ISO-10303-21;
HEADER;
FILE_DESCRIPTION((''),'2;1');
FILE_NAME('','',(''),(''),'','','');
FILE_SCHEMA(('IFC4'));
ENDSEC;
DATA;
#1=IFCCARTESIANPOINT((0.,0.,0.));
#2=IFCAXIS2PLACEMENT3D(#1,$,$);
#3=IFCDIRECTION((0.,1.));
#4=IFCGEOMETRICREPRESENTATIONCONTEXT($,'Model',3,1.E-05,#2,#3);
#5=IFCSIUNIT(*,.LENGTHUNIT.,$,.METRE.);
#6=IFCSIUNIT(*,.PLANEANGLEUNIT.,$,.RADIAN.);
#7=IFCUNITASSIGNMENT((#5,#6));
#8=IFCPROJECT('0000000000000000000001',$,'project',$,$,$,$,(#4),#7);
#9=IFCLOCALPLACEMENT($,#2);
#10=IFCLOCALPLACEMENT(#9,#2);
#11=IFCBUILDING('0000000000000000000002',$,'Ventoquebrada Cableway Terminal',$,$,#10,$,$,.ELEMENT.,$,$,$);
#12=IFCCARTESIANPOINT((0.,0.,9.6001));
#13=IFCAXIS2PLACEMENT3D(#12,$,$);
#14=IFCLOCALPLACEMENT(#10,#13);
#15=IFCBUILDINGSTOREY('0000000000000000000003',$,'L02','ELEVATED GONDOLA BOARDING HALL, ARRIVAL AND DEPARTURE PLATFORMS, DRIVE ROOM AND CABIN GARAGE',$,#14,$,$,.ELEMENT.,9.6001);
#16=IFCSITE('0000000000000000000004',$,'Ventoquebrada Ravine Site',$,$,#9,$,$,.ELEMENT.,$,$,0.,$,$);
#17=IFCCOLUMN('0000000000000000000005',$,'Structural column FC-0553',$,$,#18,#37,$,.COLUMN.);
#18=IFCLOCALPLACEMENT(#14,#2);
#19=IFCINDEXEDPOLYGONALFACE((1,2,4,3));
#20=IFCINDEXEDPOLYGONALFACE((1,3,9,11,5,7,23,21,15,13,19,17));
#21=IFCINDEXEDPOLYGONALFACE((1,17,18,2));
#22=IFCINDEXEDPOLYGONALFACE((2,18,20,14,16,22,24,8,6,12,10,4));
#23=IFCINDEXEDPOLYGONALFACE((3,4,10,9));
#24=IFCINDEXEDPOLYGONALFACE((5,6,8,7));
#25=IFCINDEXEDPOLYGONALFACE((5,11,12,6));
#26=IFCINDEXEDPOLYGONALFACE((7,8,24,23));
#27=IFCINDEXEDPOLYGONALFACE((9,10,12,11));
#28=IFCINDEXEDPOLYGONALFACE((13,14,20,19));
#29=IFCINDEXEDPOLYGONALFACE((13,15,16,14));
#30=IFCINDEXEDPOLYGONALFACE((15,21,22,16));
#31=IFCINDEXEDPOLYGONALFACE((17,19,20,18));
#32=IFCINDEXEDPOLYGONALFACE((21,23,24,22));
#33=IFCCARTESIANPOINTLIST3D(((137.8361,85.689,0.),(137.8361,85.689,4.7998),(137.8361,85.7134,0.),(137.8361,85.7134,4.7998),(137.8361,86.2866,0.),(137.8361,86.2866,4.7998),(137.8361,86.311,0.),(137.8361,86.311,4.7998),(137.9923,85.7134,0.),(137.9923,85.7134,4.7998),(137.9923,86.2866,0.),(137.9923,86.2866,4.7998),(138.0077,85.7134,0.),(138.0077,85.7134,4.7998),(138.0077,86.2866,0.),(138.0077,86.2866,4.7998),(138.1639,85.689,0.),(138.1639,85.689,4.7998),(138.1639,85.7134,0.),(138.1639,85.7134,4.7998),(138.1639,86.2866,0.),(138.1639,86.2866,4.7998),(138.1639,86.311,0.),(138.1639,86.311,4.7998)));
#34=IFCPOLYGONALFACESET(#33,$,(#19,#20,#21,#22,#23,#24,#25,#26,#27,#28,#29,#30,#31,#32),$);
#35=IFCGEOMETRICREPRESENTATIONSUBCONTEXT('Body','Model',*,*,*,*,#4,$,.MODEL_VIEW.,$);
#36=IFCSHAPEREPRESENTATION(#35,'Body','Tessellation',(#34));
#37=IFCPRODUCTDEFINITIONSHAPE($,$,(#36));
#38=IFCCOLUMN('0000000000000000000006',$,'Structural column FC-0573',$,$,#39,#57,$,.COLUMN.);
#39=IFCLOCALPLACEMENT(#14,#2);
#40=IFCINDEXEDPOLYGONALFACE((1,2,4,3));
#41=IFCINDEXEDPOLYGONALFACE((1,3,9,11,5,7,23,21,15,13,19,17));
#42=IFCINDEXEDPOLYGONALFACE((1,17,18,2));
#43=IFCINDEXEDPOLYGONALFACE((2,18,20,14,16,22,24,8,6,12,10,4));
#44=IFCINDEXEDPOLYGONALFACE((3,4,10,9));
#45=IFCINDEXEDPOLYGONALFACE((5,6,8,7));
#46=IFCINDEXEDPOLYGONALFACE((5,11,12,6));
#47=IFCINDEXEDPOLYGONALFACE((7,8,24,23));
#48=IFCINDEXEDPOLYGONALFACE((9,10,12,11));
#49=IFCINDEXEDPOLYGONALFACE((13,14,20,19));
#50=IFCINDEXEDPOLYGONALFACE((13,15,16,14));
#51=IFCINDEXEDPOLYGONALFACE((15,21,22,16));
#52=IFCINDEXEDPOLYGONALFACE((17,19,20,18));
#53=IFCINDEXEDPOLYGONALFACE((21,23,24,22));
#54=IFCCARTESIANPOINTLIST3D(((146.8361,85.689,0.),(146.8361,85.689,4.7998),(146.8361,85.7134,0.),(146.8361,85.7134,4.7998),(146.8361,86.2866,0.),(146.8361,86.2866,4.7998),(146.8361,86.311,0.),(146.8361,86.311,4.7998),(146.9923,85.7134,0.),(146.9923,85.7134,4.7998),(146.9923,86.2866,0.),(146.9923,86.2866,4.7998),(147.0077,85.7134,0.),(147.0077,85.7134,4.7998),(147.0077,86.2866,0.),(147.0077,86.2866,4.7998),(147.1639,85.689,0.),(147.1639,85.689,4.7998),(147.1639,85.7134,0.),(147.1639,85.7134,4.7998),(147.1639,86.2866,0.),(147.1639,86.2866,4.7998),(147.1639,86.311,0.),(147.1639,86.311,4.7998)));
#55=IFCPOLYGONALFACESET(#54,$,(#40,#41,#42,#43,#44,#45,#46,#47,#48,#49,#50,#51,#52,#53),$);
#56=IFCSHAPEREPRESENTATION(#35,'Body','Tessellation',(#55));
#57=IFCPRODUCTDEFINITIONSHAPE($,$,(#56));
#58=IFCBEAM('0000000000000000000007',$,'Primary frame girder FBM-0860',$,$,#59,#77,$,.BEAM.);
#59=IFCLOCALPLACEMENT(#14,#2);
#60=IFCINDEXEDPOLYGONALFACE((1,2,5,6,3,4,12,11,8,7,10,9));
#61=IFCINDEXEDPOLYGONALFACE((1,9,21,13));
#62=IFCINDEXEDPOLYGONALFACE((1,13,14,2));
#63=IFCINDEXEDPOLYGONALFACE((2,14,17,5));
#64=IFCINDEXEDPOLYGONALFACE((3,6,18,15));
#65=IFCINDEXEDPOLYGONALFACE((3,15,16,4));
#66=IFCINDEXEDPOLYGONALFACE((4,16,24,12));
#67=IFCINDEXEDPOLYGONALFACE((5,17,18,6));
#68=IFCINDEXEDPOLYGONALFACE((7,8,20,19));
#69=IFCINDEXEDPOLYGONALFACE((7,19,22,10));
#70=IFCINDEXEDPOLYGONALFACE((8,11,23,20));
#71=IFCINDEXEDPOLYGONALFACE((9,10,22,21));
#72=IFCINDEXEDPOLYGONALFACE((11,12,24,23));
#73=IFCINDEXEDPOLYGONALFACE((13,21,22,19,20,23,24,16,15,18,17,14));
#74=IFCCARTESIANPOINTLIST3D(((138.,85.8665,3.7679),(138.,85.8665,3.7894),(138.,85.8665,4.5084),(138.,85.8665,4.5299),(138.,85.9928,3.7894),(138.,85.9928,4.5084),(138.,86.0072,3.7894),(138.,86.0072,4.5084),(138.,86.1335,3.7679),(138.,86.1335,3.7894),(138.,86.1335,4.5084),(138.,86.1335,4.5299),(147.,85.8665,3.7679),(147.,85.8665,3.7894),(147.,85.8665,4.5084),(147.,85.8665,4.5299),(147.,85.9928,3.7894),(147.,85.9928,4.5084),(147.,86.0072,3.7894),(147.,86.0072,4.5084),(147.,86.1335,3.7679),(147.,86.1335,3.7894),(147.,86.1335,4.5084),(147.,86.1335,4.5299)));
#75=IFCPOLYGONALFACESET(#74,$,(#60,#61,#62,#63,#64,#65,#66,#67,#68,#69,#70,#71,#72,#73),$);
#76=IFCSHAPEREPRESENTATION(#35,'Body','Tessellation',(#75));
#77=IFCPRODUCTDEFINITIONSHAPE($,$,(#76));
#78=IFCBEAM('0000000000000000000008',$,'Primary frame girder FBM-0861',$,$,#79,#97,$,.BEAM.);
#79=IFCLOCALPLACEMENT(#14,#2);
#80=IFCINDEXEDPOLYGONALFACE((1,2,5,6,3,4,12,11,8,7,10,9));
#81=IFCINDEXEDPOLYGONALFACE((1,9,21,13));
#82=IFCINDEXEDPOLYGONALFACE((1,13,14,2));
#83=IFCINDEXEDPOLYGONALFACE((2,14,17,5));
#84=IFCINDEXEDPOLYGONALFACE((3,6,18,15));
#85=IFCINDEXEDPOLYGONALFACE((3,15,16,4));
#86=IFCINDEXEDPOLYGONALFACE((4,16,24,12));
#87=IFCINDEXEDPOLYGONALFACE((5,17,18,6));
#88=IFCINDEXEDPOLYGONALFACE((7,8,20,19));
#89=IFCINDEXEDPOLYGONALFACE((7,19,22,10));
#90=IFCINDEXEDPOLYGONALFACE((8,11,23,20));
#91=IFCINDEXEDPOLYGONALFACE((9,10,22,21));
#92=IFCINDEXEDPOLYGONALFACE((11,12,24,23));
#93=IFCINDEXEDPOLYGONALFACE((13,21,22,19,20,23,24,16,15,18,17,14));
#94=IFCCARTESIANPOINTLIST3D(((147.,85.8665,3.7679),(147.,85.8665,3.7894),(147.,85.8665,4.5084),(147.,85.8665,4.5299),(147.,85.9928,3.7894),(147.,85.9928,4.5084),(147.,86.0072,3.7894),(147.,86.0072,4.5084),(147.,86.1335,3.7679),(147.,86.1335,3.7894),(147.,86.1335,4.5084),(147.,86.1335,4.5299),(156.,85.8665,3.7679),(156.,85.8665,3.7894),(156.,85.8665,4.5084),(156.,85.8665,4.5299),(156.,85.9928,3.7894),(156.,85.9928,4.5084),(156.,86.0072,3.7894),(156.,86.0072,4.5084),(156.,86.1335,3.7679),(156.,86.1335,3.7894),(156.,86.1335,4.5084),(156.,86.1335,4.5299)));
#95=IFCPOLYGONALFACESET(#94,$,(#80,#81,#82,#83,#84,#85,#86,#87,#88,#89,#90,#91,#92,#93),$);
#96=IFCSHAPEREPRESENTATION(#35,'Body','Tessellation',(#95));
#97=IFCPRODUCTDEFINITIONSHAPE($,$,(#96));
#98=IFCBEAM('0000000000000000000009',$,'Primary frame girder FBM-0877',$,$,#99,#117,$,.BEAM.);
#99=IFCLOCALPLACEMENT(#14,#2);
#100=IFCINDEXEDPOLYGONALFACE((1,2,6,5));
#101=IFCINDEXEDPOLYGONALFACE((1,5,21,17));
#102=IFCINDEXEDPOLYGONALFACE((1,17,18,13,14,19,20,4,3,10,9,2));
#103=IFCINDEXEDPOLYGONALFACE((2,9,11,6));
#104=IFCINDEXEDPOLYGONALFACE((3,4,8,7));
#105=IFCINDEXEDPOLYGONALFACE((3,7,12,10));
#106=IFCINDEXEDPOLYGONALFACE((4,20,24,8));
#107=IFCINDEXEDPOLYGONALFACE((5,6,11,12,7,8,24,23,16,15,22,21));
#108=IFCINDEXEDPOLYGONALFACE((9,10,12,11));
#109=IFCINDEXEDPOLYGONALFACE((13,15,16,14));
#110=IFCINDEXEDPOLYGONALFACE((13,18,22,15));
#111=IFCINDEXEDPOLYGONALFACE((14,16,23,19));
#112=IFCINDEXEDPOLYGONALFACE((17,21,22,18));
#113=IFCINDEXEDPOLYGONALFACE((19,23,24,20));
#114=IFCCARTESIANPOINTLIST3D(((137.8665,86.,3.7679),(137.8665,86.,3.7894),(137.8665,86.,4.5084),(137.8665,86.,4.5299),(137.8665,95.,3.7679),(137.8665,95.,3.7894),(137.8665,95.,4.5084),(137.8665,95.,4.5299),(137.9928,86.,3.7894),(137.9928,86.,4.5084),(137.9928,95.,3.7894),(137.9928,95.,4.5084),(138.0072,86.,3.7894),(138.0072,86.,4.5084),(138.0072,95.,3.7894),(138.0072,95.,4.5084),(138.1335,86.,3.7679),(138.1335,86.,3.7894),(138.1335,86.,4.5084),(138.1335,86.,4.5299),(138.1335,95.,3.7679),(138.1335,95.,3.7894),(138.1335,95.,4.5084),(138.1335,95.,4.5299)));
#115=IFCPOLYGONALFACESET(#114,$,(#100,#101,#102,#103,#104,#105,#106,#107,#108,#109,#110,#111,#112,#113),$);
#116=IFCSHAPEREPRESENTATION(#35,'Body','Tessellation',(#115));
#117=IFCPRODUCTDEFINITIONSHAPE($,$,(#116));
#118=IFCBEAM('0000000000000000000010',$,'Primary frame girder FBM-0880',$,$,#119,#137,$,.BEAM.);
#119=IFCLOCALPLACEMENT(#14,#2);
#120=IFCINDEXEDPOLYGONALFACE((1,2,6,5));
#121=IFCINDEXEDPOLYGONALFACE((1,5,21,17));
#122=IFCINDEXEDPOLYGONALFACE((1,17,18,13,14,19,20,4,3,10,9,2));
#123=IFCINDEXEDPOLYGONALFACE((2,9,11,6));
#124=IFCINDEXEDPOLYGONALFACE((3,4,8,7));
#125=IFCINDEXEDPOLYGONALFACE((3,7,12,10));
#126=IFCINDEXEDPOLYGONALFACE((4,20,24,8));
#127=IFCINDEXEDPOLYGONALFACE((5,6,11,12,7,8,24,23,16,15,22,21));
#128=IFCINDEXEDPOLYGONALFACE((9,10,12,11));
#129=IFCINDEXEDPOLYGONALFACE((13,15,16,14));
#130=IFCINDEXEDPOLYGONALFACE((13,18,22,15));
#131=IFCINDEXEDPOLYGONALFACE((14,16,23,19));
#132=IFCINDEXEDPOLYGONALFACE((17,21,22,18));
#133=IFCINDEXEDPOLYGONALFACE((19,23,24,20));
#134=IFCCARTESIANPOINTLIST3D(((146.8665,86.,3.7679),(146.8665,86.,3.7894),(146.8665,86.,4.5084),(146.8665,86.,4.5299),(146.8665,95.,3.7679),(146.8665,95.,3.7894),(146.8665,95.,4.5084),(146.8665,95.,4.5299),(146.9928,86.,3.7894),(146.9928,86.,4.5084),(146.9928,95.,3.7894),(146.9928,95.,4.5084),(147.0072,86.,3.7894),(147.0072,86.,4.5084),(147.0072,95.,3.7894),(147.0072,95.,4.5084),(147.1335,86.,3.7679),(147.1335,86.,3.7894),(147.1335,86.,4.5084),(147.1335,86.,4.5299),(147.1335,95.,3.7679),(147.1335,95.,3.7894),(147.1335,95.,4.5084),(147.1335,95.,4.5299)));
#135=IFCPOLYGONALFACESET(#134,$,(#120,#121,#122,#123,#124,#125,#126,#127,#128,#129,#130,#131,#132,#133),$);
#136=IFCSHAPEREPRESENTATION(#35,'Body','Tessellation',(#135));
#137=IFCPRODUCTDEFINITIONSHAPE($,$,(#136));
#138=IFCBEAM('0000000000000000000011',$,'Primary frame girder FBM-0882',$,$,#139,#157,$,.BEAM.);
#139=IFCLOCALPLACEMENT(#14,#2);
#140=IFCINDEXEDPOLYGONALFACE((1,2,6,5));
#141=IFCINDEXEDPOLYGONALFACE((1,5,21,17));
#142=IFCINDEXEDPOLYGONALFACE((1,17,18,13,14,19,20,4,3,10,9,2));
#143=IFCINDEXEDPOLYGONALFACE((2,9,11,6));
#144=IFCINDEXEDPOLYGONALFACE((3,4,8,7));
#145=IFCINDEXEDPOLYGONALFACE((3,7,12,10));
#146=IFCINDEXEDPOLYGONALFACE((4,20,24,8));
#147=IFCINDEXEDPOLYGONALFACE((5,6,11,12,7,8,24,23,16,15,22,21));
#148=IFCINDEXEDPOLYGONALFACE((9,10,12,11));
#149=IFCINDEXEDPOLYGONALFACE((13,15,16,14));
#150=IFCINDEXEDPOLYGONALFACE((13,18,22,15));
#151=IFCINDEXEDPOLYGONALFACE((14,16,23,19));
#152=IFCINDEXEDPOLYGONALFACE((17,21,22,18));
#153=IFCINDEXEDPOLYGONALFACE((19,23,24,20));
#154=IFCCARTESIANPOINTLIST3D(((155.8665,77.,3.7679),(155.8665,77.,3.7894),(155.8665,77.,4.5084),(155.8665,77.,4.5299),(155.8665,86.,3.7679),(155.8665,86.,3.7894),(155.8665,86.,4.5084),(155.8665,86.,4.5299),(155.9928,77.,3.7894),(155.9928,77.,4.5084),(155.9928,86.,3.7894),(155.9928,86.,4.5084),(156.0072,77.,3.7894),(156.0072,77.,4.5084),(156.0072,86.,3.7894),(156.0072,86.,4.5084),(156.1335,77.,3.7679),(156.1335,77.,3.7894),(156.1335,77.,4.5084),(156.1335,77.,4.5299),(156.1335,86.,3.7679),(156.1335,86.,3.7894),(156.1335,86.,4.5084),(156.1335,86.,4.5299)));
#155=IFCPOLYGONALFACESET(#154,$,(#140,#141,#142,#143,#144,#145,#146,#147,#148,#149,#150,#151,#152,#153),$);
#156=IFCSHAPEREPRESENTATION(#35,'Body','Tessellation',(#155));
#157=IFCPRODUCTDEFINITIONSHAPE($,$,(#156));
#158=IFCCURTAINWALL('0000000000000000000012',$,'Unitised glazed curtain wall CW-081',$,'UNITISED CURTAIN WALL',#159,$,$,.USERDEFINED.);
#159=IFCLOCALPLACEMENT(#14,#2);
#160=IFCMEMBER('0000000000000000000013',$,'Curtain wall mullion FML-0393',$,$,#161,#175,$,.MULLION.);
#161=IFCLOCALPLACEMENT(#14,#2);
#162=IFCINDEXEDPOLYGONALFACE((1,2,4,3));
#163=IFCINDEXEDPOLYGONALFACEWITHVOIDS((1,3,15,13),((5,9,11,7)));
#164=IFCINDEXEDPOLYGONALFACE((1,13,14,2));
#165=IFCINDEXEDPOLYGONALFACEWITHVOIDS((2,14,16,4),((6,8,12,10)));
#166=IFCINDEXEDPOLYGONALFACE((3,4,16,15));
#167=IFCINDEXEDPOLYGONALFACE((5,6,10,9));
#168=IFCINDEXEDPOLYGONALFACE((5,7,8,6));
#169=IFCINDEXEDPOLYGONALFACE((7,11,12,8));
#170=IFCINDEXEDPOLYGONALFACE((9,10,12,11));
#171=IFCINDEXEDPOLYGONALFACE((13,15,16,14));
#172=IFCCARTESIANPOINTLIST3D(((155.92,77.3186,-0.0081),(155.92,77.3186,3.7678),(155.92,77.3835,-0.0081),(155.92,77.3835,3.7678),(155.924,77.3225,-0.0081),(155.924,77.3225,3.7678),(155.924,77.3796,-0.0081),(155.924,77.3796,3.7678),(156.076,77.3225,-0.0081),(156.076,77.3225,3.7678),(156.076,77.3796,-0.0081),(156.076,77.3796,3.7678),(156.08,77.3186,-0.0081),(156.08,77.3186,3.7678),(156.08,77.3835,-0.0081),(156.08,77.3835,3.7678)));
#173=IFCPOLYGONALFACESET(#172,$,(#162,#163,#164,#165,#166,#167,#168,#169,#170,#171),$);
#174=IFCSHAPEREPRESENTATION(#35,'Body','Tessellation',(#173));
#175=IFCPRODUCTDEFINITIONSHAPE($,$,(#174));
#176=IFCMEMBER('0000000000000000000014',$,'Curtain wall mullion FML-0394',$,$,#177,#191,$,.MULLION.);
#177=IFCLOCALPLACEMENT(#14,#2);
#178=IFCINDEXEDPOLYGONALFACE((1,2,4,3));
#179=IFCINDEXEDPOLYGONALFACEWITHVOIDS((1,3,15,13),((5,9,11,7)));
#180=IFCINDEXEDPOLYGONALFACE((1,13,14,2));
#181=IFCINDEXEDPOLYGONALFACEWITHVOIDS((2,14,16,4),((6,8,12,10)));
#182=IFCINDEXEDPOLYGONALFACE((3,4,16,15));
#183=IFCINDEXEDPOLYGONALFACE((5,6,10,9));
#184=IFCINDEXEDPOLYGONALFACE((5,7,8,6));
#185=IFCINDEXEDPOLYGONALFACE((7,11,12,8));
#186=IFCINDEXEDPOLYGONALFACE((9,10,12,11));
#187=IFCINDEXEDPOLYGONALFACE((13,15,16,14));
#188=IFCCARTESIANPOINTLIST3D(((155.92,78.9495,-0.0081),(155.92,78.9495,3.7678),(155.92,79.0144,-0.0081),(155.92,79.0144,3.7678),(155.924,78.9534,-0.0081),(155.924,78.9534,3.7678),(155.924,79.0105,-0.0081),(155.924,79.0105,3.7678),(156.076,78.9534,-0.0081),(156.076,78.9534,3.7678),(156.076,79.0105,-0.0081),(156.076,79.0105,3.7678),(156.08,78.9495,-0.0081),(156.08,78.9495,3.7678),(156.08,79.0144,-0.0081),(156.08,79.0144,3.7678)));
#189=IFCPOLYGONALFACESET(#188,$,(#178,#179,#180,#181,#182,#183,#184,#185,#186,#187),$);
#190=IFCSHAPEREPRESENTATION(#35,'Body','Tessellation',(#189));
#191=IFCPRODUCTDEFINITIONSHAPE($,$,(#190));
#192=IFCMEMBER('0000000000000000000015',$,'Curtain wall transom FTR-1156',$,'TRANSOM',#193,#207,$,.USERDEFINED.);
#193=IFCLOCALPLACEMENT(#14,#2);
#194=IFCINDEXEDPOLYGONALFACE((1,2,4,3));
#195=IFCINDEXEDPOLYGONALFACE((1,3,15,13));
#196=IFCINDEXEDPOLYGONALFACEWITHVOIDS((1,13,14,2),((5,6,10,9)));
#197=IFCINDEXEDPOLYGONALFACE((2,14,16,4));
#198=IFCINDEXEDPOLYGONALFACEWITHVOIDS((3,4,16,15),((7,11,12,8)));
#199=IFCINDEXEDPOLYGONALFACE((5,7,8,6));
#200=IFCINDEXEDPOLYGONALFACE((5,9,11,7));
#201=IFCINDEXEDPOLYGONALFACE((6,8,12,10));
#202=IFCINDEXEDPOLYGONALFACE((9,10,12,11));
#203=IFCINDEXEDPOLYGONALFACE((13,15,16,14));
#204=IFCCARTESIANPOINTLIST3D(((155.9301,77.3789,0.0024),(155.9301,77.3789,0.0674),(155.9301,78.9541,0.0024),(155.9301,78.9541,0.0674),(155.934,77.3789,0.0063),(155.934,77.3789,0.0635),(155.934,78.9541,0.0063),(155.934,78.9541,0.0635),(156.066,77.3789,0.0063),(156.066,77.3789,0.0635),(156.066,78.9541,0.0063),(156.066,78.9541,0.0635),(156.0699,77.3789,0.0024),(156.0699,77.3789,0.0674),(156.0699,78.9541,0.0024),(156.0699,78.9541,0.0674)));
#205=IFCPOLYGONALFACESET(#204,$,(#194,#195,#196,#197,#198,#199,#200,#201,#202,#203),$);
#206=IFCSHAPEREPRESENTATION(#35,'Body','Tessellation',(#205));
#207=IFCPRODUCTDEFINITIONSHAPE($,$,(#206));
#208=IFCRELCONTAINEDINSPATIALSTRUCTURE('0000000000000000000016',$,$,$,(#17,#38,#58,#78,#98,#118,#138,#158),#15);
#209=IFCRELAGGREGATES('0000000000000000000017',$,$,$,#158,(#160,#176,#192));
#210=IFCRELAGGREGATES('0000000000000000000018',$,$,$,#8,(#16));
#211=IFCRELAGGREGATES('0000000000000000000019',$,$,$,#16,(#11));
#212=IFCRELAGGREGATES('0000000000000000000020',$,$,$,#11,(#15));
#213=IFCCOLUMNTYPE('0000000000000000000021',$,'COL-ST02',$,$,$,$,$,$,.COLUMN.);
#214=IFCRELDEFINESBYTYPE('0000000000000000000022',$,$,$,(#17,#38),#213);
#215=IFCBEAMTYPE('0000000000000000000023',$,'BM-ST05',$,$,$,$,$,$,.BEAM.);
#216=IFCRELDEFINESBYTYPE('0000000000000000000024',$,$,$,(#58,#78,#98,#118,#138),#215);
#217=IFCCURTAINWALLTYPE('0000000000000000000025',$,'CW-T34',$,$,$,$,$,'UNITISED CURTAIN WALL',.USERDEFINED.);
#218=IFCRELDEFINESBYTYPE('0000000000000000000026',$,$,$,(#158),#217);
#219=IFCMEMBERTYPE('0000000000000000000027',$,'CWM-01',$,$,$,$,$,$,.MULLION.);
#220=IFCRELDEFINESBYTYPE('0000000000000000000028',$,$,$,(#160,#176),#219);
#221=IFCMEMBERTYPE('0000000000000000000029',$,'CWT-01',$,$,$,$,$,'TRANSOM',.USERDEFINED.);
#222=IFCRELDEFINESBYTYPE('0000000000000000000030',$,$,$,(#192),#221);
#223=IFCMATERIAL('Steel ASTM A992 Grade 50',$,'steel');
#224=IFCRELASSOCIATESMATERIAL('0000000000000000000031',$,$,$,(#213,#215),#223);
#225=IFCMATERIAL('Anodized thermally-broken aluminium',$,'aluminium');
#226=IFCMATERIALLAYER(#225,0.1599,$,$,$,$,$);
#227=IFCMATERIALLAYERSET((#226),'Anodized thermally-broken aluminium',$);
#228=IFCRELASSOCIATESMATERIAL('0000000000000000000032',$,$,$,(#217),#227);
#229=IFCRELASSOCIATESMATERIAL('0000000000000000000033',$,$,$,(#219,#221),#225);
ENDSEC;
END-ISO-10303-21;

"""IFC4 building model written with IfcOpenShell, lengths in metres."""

from ifc_helpers import new_model, si_unit, direction, frame, origin, origin_2d, place, context, subcontext, project, spatial, hollow_rectangle, i_section, extrude, material, layer, layer_set, material_profile, profile_set, type_object, element, aggregate, save


model = new_model("IFC4")

# Units and contexts
model_context = context("Model", 3, precision=1e-05, world=origin(), true_north=direction((0.0, 1.0)))
body_context = subcontext(model_context, "Body", "Model", "MODEL_VIEW")
ifc_project = project(units=[si_unit("LENGTHUNIT", "METRE"), si_unit("PLANEANGLEUNIT", "RADIAN")], contexts=[model_context])

# Site, building, storey
site_placement = place(None, origin())
site = spatial("IfcSite", under=ifc_project, at=site_placement, Name="Ventoquebrada Ravine Site", CompositionType="ELEMENT", RefElevation=0.0)
building_placement = place(site_placement, origin())
building = spatial("IfcBuilding", under=site, at=building_placement, Name="Ventoquebrada Cableway Terminal", CompositionType="ELEMENT")
storey_placement = place(building_placement, frame((0.0, 0.0, 9.6001)))
storey = spatial("IfcBuildingStorey", under=building, at=storey_placement, Name="L02", Description="ELEVATED GONDOLA BOARDING HALL, ARRIVAL AND DEPARTURE PLATFORMS, DRIVE ROOM AND CABIN GARAGE", CompositionType="ELEMENT", Elevation=9.6001)

# Columns
ifc_material_1 = material(Name="Steel ASTM A992 Grade 50", Category="steel")
ifc_material_profile_1 = material_profile(ifc_material_1, i_section(OverallWidth=0.3279, OverallDepth=0.6221, WebThickness=0.0154, FlangeThickness=0.0244, at=origin_2d()), Name="W24X131")
ifc_profile_set_1 = profile_set([ifc_material_profile_1], Name="Steel ASTM A992 Grade 50")
column_type = type_object("IfcColumnType", Name="COL-ST02", PredefinedType="COLUMN", material=ifc_profile_set_1)
for number, where, z_axis, x_axis, name in (
    (1, (138.0, 86.0, 0.0), (0.0, 0.0, 1.0), (1.0, 0.0, 0.0), "Structural column FC-0553"),
    (2, (147.0, 86.0, 0.0), (0.0, 0.0, 1.0), (1.0, 0.0, 0.0), "Structural column FC-0573"),
):
    element("IfcColumn", number, at=place(storey_placement, frame(where, z_axis=z_axis, x_axis=x_axis)), inside=storey, type_object=column_type, Name=name, PredefinedType="COLUMN", context=body_context, shape_type="SweptSolid", body=[
        extrude(i_section(OverallWidth=0.3279, OverallDepth=0.6221, WebThickness=0.0154, FlangeThickness=0.0244, at=origin_2d()), origin(), (0.0, 0.0, 1.0), 4.7998),
    ])

# Beams
ifc_material_profile_2 = material_profile(ifc_material_1, i_section(OverallWidth=0.2671, OverallDepth=0.762, WebThickness=0.0144, FlangeThickness=0.0215, at=origin_2d()), Name="W30X116")
ifc_profile_set_2 = profile_set([ifc_material_profile_2], Name="Steel ASTM A992 Grade 50")
beam_type = type_object("IfcBeamType", Name="BM-ST05", PredefinedType="BEAM", material=ifc_profile_set_2)
for number, where, z_axis, x_axis, name in (
    (3, (138.0, 86.0, 4.1489), (1.0, 0.0, 0.0), (0.0, 1.0, 0.0), "Primary frame girder FBM-0860"),
    (4, (147.0, 86.0, 4.1489), (1.0, 0.0, 0.0), (0.0, 1.0, 0.0), "Primary frame girder FBM-0861"),
    (5, (138.0, 86.0, 4.1489), (0.0, 1.0, 0.0), (-1.0, 0.0, 0.0), "Primary frame girder FBM-0877"),
    (6, (147.0, 86.0, 4.1489), (0.0, 1.0, 0.0), (-1.0, 0.0, 0.0), "Primary frame girder FBM-0880"),
    (7, (156.0, 77.0, 4.1489), (0.0, 1.0, 0.0), (-1.0, 0.0, 0.0), "Primary frame girder FBM-0882"),
):
    element("IfcBeam", number, at=place(storey_placement, frame(where, z_axis=z_axis, x_axis=x_axis)), inside=storey, type_object=beam_type, Name=name, PredefinedType="BEAM", context=body_context, shape_type="SweptSolid", body=[
        extrude(i_section(OverallWidth=0.2671, OverallDepth=0.762, WebThickness=0.0144, FlangeThickness=0.0215, at=origin_2d()), origin(), (0.0, 0.0, 1.0), 9.0),
    ])

# Curtain wall, members
ifc_material_2 = material(Name="Anodized thermally-broken aluminium", Category="aluminium")
ifc_layer_1 = layer(ifc_material_2, 0.1599)
ifc_layer_set_1 = layer_set([ifc_layer_1], Name="Anodized thermally-broken aluminium")
curtain_wall_type = type_object("IfcCurtainWallType", Name="CW-T34", ElementType="UNITISED CURTAIN WALL", PredefinedType="USERDEFINED", material=ifc_layer_set_1)
curtain_wall_placement = place(storey_placement, origin())
curtain_wall = element("IfcCurtainWall", 8, at=curtain_wall_placement, inside=storey, type_object=curtain_wall_type, Name="Unitised glazed curtain wall CW-081", ObjectType="UNITISED CURTAIN WALL", PredefinedType="USERDEFINED")
ifc_material_profile_3 = material_profile(ifc_material_2, hollow_rectangle(XDim=0.0649, YDim=0.1599, WallThickness=0.0039, at=origin_2d()), Name="CW-MUL-65X160")
ifc_profile_set_3 = profile_set([ifc_material_profile_3], Name="Anodized thermally-broken aluminium")
member_type_1 = type_object("IfcMemberType", Name="CWM-01", PredefinedType="MULLION", material=ifc_profile_set_3)
member_1_placement = place(storey_placement, frame((156.0, 77.3511, -0.0081), z_axis=(0.0, 0.0, 1.0), x_axis=(0.0, 1.0, 0.0)))
member_1 = element("IfcMember", 9, at=member_1_placement, type_object=member_type_1, Name="Curtain wall mullion FML-0393", PredefinedType="MULLION", context=body_context, shape_type="SweptSolid", body=[
    extrude(hollow_rectangle(XDim=0.0649, YDim=0.1599, WallThickness=0.0039, at=origin_2d()), origin(), (0.0, 0.0, 1.0), 3.7759),
])
member_2_placement = place(storey_placement, frame((156.0, 78.9819, -0.0081), z_axis=(0.0, 0.0, 1.0), x_axis=(0.0, 1.0, 0.0)))
member_2 = element("IfcMember", 10, at=member_2_placement, type_object=member_type_1, Name="Curtain wall mullion FML-0394", PredefinedType="MULLION", context=body_context, shape_type="SweptSolid", body=[
    extrude(hollow_rectangle(XDim=0.0649, YDim=0.1599, WallThickness=0.0039, at=origin_2d()), origin(), (0.0, 0.0, 1.0), 3.7759),
])
ifc_material_profile_4 = material_profile(ifc_material_2, hollow_rectangle(XDim=0.0649, YDim=0.1399, WallThickness=0.0039, at=origin_2d()), Name="CW-TRN-65X140")
ifc_profile_set_4 = profile_set([ifc_material_profile_4], Name="Anodized thermally-broken aluminium")
member_type_2 = type_object("IfcMemberType", Name="CWT-01", ElementType="TRANSOM", PredefinedType="USERDEFINED", material=ifc_profile_set_4)
member_3_placement = place(storey_placement, frame((156.0, 77.3789, 0.0349), z_axis=(0.0, 1.0, 0.0), x_axis=(0.0, 0.0, 1.0)))
member_3 = element("IfcMember", 11, at=member_3_placement, type_object=member_type_2, Name="Curtain wall transom FTR-1156", ObjectType="TRANSOM", PredefinedType="USERDEFINED", context=body_context, shape_type="SweptSolid", body=[
    extrude(hollow_rectangle(XDim=0.0649, YDim=0.1399, WallThickness=0.0039, at=origin_2d()), origin(), (0.0, 0.0, 1.0), 1.5752),
])

aggregate(curtain_wall, [member_1, member_2, member_3])

save(model, "model.ifc")
